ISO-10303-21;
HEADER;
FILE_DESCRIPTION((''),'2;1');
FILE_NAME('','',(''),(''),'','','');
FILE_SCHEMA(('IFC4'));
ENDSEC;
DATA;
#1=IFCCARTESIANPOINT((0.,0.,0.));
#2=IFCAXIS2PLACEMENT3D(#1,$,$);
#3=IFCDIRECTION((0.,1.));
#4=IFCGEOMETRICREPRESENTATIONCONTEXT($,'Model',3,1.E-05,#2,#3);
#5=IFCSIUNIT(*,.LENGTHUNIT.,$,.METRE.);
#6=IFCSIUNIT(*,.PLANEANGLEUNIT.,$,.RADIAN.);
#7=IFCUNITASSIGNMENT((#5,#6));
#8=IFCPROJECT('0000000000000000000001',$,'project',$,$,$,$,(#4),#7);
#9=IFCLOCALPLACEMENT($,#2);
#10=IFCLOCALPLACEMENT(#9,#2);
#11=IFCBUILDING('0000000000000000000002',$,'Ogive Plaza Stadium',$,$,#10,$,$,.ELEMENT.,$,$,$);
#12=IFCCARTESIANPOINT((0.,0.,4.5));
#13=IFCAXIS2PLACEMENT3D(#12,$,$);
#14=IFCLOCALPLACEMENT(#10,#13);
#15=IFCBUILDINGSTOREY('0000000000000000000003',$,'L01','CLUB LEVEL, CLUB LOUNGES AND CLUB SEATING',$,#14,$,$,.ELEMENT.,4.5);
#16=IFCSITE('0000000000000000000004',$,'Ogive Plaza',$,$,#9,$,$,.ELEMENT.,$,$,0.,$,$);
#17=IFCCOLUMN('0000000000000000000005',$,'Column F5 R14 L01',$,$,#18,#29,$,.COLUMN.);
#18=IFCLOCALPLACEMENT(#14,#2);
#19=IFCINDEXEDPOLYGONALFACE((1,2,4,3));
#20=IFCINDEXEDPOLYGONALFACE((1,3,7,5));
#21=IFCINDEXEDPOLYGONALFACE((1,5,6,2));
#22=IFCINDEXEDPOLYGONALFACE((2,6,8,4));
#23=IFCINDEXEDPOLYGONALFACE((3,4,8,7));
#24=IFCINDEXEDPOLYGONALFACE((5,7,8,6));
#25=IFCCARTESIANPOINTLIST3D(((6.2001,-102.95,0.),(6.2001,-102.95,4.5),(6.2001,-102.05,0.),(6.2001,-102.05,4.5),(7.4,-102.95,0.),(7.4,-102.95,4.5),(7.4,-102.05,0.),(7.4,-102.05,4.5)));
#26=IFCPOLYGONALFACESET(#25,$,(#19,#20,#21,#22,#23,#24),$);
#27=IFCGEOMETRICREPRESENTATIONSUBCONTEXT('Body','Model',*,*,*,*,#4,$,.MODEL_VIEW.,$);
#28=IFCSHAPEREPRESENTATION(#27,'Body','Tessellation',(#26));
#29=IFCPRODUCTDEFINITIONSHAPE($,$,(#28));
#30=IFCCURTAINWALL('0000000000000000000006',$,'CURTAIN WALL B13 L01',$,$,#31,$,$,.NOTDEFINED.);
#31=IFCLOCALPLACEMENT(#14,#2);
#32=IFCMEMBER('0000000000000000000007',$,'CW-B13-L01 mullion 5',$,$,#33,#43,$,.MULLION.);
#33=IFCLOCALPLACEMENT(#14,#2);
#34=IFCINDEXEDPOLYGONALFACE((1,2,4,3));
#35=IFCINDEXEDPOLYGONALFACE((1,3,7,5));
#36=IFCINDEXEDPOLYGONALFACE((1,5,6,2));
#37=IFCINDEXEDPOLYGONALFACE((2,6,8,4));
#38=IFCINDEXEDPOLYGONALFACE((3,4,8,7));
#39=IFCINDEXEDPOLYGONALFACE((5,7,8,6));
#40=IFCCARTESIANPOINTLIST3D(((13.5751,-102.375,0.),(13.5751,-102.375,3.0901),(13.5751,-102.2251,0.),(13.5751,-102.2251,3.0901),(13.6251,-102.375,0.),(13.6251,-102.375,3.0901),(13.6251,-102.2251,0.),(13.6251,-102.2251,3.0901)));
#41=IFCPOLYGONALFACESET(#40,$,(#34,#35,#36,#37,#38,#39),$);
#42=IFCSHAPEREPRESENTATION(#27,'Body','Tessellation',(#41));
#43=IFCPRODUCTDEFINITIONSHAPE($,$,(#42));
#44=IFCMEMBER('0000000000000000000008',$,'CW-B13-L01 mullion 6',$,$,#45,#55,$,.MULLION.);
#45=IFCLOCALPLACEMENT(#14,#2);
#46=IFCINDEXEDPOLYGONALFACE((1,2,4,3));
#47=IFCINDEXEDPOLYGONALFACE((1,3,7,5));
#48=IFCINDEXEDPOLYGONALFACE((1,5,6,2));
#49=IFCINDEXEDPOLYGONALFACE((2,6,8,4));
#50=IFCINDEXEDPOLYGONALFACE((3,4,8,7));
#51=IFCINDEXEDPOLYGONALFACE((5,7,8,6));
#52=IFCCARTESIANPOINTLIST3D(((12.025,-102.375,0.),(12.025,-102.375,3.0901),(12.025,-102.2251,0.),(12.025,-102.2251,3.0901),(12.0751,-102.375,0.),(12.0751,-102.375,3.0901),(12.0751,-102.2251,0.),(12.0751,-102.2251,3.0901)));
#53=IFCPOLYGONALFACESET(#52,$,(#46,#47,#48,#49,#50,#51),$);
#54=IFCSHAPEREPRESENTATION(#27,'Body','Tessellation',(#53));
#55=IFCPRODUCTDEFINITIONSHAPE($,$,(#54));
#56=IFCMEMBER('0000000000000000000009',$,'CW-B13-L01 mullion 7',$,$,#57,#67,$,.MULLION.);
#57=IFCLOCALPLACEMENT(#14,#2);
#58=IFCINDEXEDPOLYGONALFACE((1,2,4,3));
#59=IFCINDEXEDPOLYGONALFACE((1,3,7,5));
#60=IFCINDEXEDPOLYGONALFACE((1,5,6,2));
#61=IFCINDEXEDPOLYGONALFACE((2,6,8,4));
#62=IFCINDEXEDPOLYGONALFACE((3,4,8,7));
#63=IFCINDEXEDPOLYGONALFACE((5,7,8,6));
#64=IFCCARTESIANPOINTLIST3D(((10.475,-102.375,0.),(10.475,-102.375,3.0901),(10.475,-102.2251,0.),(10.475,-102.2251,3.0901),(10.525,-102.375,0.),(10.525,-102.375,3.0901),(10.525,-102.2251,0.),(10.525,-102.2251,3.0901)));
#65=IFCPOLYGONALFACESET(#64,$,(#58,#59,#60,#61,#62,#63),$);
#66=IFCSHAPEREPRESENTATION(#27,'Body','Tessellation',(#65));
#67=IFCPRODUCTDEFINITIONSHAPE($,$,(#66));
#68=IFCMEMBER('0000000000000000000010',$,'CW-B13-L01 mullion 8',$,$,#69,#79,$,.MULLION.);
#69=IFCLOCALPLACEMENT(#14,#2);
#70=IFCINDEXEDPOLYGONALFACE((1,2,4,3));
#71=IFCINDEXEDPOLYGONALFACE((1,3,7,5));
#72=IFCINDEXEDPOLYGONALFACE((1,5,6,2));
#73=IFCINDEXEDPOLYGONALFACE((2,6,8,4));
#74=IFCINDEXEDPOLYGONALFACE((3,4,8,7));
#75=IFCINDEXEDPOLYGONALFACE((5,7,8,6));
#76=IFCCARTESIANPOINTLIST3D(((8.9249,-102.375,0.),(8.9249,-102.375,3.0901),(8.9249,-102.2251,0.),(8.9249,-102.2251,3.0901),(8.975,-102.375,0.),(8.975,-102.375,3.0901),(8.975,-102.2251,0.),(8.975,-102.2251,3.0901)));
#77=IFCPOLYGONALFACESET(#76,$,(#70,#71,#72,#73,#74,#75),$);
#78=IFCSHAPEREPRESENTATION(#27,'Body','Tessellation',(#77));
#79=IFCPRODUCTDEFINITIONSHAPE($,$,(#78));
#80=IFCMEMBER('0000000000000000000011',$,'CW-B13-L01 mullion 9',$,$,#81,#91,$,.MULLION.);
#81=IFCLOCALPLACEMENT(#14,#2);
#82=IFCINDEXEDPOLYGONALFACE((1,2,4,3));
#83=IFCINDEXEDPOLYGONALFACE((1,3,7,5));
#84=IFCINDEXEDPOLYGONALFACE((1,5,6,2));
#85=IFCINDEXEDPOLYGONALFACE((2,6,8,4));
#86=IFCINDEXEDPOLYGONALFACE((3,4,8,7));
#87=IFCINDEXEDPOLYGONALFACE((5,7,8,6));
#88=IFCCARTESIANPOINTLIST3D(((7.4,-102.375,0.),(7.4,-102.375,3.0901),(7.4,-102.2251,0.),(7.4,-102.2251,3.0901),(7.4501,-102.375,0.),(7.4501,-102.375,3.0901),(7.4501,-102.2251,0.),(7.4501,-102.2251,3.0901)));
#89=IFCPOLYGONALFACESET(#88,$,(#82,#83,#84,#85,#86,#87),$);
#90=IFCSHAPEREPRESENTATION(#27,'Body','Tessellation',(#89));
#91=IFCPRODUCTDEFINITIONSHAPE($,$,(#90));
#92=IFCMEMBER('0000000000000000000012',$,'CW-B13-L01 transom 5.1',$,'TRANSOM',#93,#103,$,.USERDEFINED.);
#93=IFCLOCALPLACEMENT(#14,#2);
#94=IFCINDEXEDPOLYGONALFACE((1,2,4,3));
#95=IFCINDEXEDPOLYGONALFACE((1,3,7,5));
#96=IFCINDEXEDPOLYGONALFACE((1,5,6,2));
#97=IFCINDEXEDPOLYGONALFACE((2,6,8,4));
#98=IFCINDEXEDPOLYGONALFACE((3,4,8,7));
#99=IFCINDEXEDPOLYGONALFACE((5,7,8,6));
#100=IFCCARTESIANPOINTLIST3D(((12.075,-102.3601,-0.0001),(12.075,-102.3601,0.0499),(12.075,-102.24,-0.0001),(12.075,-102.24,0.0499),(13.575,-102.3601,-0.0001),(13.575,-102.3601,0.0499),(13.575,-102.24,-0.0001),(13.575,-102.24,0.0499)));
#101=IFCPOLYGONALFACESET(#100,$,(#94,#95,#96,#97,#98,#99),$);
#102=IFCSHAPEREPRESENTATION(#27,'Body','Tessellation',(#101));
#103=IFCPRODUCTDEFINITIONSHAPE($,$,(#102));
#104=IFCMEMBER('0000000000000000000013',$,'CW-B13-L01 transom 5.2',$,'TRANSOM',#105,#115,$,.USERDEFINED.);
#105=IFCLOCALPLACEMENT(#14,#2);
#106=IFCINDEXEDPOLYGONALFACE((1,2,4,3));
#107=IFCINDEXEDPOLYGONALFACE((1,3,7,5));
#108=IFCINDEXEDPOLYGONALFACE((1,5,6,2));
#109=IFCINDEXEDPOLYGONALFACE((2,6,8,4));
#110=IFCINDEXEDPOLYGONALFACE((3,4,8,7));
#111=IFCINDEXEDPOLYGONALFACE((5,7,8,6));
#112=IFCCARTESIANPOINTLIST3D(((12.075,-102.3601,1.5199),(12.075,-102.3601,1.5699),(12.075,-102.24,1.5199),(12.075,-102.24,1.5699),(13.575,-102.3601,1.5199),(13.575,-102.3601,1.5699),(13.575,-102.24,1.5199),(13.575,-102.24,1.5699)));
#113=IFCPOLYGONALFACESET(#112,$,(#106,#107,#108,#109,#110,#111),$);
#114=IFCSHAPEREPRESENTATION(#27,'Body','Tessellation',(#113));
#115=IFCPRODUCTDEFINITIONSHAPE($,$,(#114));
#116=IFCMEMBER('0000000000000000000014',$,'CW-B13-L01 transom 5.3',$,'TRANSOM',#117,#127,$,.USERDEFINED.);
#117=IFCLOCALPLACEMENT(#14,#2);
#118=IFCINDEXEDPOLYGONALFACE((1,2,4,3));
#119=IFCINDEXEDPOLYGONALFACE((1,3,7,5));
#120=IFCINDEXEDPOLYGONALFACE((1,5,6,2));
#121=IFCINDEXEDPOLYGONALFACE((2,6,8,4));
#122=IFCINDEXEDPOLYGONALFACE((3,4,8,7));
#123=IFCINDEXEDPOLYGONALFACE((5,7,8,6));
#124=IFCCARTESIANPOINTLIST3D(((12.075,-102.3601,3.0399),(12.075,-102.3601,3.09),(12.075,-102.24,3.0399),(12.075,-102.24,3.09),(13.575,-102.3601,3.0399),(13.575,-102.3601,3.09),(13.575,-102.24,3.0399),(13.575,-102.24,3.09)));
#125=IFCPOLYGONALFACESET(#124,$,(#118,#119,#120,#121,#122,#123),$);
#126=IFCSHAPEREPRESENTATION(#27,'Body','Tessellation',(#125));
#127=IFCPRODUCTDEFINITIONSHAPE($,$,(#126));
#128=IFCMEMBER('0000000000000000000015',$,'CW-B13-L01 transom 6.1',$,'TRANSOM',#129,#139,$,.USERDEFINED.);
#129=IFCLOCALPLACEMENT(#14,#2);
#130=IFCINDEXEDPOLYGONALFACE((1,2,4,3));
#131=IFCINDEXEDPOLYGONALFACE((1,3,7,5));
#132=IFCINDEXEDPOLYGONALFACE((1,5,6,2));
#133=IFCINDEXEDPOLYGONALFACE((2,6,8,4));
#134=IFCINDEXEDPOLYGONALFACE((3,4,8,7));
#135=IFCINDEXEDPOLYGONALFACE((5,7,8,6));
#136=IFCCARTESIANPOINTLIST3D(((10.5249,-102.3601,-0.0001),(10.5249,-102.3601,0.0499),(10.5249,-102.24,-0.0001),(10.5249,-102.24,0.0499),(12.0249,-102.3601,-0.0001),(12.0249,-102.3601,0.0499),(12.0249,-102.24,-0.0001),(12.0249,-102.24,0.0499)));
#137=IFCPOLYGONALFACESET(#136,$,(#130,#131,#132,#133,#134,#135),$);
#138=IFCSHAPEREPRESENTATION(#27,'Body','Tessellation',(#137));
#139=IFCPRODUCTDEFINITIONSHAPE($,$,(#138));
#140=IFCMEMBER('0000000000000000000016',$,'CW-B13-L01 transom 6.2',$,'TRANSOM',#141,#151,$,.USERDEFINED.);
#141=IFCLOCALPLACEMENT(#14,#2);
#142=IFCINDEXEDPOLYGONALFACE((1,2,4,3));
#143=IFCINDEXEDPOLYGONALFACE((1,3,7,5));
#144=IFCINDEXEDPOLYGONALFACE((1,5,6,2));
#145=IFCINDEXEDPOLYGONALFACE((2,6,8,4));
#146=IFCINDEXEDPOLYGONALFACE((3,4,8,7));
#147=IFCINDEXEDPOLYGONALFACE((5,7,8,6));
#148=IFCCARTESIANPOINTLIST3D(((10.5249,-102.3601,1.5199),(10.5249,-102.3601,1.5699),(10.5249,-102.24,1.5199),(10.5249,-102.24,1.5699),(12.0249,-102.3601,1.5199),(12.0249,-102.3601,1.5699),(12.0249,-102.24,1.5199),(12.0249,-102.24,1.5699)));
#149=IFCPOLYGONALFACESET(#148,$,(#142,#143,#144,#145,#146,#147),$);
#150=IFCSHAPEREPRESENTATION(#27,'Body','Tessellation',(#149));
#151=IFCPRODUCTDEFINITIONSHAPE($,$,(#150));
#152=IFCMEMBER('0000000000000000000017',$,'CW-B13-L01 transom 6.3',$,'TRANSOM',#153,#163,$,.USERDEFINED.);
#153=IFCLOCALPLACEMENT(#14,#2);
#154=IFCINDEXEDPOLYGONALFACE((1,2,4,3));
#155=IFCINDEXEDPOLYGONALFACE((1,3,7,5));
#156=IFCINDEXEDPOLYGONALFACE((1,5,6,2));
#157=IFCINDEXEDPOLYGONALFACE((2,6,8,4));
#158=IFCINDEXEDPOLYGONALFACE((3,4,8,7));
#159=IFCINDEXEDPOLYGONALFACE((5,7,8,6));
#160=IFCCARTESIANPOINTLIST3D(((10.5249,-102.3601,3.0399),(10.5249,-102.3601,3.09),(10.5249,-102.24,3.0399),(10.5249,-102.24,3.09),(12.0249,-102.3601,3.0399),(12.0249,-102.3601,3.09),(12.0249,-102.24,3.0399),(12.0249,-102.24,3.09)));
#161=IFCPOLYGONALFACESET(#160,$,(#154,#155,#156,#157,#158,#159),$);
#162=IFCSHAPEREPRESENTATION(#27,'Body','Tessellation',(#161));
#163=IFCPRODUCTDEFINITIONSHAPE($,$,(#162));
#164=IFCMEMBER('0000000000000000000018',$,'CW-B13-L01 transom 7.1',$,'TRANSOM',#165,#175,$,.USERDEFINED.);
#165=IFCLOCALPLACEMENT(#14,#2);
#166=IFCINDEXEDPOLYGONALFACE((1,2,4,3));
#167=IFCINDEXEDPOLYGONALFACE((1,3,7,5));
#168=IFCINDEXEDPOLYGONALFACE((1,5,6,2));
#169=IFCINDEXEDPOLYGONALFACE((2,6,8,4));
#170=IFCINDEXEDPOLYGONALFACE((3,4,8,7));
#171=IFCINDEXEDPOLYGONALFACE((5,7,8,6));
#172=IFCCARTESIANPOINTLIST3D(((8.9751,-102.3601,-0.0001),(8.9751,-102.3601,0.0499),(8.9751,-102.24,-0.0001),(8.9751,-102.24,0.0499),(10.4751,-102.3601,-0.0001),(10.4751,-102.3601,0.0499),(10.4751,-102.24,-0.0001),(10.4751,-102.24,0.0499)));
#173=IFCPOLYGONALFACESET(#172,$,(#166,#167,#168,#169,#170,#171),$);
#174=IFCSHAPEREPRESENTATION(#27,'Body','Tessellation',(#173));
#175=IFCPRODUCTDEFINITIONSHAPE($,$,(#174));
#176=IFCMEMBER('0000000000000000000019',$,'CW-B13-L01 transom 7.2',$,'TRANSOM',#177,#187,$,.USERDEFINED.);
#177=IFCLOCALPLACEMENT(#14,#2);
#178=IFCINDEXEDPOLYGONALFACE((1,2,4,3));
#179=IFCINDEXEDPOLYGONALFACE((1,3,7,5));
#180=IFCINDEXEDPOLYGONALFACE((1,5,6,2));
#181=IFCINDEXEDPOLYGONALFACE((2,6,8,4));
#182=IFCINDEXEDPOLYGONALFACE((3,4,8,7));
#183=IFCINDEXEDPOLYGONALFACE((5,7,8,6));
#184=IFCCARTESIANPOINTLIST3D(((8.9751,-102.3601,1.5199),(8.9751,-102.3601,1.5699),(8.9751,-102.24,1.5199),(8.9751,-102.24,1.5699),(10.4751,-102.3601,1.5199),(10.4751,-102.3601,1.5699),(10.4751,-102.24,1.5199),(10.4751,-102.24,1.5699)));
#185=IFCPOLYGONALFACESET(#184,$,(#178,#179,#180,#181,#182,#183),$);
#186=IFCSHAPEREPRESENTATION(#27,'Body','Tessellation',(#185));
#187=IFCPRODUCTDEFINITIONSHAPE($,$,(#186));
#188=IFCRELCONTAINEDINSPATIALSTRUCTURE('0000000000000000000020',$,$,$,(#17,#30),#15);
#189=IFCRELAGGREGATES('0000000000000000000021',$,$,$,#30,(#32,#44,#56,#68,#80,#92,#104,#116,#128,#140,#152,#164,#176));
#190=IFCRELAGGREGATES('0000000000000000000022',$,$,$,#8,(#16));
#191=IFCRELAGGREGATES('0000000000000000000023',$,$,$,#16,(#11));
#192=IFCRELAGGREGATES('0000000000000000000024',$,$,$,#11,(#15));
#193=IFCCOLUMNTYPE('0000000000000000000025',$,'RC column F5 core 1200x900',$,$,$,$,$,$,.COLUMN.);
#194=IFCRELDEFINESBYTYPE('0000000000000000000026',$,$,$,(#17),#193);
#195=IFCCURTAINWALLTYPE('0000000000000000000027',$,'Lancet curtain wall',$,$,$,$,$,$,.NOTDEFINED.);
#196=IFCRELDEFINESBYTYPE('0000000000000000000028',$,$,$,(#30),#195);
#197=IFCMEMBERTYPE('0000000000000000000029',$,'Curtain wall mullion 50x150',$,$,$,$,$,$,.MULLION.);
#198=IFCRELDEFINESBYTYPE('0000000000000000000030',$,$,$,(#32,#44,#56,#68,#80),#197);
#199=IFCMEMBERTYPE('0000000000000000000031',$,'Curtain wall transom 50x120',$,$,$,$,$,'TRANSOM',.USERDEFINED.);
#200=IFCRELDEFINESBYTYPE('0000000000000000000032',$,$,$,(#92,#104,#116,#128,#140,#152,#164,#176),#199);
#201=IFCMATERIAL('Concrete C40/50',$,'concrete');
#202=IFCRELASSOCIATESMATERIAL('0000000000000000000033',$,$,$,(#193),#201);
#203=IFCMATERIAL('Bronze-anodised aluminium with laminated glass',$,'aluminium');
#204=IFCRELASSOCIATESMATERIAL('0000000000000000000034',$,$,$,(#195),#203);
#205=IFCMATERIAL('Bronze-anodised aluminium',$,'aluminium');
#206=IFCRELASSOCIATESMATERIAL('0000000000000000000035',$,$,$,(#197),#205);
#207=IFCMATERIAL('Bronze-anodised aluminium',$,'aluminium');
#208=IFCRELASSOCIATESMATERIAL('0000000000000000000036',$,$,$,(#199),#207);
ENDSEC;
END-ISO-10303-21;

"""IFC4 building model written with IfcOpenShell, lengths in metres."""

from ifc_helpers import new_model, si_unit, direction, frame, origin, origin_2d, place, context, subcontext, project, spatial, rectangle, extrude, material, material_profile, profile_set, type_object, element, aggregate, save


model = new_model("IFC4")

# Units and contexts
model_context = context("Model", 3, precision=1e-05, world=origin(), true_north=direction((0.0, 1.0)))
body_context = subcontext(model_context, "Body", "Model", "MODEL_VIEW")
ifc_project = project(units=[si_unit("LENGTHUNIT", "METRE"), si_unit("PLANEANGLEUNIT", "RADIAN")], contexts=[model_context])

# Site, building, storey
site_placement = place(None, origin())
site = spatial("IfcSite", under=ifc_project, at=site_placement, Name="Ogive Plaza", CompositionType="ELEMENT", RefElevation=0.0)
building_placement = place(site_placement, origin())
building = spatial("IfcBuilding", under=site, at=building_placement, Name="Ogive Plaza Stadium", CompositionType="ELEMENT")
storey_placement = place(building_placement, frame((0.0, 0.0, 4.5)))
storey = spatial("IfcBuildingStorey", under=building, at=storey_placement, Name="L01", Description="CLUB LEVEL, CLUB LOUNGES AND CLUB SEATING", CompositionType="ELEMENT", Elevation=4.5)

# Column
ifc_material_1 = material(Name="Concrete C40/50", Category="concrete")
ifc_material_profile_1 = material_profile(ifc_material_1, rectangle(XDim=1.2, YDim=0.8999, at=origin_2d()), Name="RC 1200x900")
ifc_profile_set_1 = profile_set([ifc_material_profile_1], Name="Concrete C40/50")
column_type = type_object("IfcColumnType", Name="RC column F5 core 1200x900", PredefinedType="COLUMN", material=ifc_profile_set_1)
column_placement = place(storey_placement, frame((6.8, -102.5, 0.0), z_axis=(0.0, 0.0, 1.0), x_axis=(1.0, 0.0, 0.0)))
element("IfcColumn", 1, at=column_placement, inside=storey, type_object=column_type, Name="Column F5 R14 L01", PredefinedType="COLUMN", context=body_context, shape_type="SweptSolid", body=[
    extrude(rectangle(XDim=1.2, YDim=0.8999, at=origin_2d()), origin(), (0.0, 0.0, 1.0), 4.5),
])

# Curtain wall, members
ifc_material_2 = material(Name="Bronze-anodised aluminium with laminated glass", Category="aluminium")
curtain_wall_type = type_object("IfcCurtainWallType", Name="Lancet curtain wall", PredefinedType="NOTDEFINED", material=ifc_material_2)
curtain_wall_placement = place(storey_placement, origin())
curtain_wall = element("IfcCurtainWall", 2, at=curtain_wall_placement, inside=storey, type_object=curtain_wall_type, Name="CURTAIN WALL B13 L01", PredefinedType="NOTDEFINED")
ifc_material_3 = material(Name="Bronze-anodised aluminium", Category="aluminium")
ifc_material_profile_2 = material_profile(ifc_material_3, rectangle(XDim=0.1499, YDim=0.05, at=origin_2d()), Name="AL 150x50")
ifc_profile_set_2 = profile_set([ifc_material_profile_2], Name="Bronze-anodised aluminium")
member_type_1 = type_object("IfcMemberType", Name="Curtain wall mullion 50x150", PredefinedType="MULLION", material=ifc_profile_set_2)
member_1_placement = place(storey_placement, frame((13.6001, -102.3, 0.0), z_axis=(0.0, 0.0, 1.0), x_axis=(0.0, -1.0, 0.0)))
member_1 = element("IfcMember", 3, at=member_1_placement, type_object=member_type_1, Name="CW-B13-L01 mullion 5", PredefinedType="MULLION", context=body_context, shape_type="SweptSolid", body=[
    extrude(rectangle(XDim=0.1499, YDim=0.05, at=origin_2d()), origin(), (0.0, 0.0, 1.0), 3.0901),
])
member_2_placement = place(storey_placement, frame((12.05, -102.3, 0.0), z_axis=(0.0, 0.0, 1.0), x_axis=(0.0, -1.0, 0.0)))
member_2 = element("IfcMember", 4, at=member_2_placement, type_object=member_type_1, Name="CW-B13-L01 mullion 6", PredefinedType="MULLION", context=body_context, shape_type="SweptSolid", body=[
    extrude(rectangle(XDim=0.1499, YDim=0.05, at=origin_2d()), origin(), (0.0, 0.0, 1.0), 3.0901),
])
member_3_placement = place(storey_placement, frame((10.5, -102.3, 0.0), z_axis=(0.0, 0.0, 1.0), x_axis=(0.0, -1.0, 0.0)))
member_3 = element("IfcMember", 5, at=member_3_placement, type_object=member_type_1, Name="CW-B13-L01 mullion 7", PredefinedType="MULLION", context=body_context, shape_type="SweptSolid", body=[
    extrude(rectangle(XDim=0.1499, YDim=0.05, at=origin_2d()), origin(), (0.0, 0.0, 1.0), 3.0901),
])
member_4_placement = place(storey_placement, frame((8.95, -102.3, 0.0), z_axis=(0.0, 0.0, 1.0), x_axis=(0.0, -1.0, 0.0)))
member_4 = element("IfcMember", 6, at=member_4_placement, type_object=member_type_1, Name="CW-B13-L01 mullion 8", PredefinedType="MULLION", context=body_context, shape_type="SweptSolid", body=[
    extrude(rectangle(XDim=0.1499, YDim=0.05, at=origin_2d()), origin(), (0.0, 0.0, 1.0), 3.0901),
])
member_5_placement = place(storey_placement, frame((7.425, -102.3, 0.0), z_axis=(0.0, 0.0, 1.0), x_axis=(0.0, -1.0, 0.0)))
member_5 = element("IfcMember", 7, at=member_5_placement, type_object=member_type_1, Name="CW-B13-L01 mullion 9", PredefinedType="MULLION", context=body_context, shape_type="SweptSolid", body=[
    extrude(rectangle(XDim=0.1499, YDim=0.05, at=origin_2d()), origin(), (0.0, 0.0, 1.0), 3.0901),
])
ifc_material_4 = material(Name="Bronze-anodised aluminium", Category="aluminium")
ifc_material_profile_3 = material_profile(ifc_material_4, rectangle(XDim=0.1201, YDim=0.05, at=origin_2d()), Name="AL 120x50")
ifc_profile_set_3 = profile_set([ifc_material_profile_3], Name="Bronze-anodised aluminium")
member_type_2 = type_object("IfcMemberType", Name="Curtain wall transom 50x120", ElementType="TRANSOM", PredefinedType="USERDEFINED", material=ifc_profile_set_3)
member_6_placement = place(storey_placement, frame((13.575, -102.3, 0.0249), z_axis=(-1.0, 0.0, 0.0), x_axis=(0.0, -1.0, 0.0)))
member_6 = element("IfcMember", 8, at=member_6_placement, type_object=member_type_2, Name="CW-B13-L01 transom 5.1", ObjectType="TRANSOM", PredefinedType="USERDEFINED", context=body_context, shape_type="SweptSolid", body=[
    extrude(rectangle(XDim=0.1201, YDim=0.05, at=origin_2d()), origin(), (0.0, 0.0, 1.0), 1.5),
])
member_7_placement = place(storey_placement, frame((13.575, -102.3, 1.5449), z_axis=(-1.0, 0.0, 0.0), x_axis=(0.0, -1.0, 0.0)))
member_7 = element("IfcMember", 9, at=member_7_placement, type_object=member_type_2, Name="CW-B13-L01 transom 5.2", ObjectType="TRANSOM", PredefinedType="USERDEFINED", context=body_context, shape_type="SweptSolid", body=[
    extrude(rectangle(XDim=0.1201, YDim=0.05, at=origin_2d()), origin(), (0.0, 0.0, 1.0), 1.5),
])
member_8_placement = place(storey_placement, frame((13.575, -102.3, 3.0649), z_axis=(-1.0, 0.0, 0.0), x_axis=(0.0, -1.0, 0.0)))
member_8 = element("IfcMember", 10, at=member_8_placement, type_object=member_type_2, Name="CW-B13-L01 transom 5.3", ObjectType="TRANSOM", PredefinedType="USERDEFINED", context=body_context, shape_type="SweptSolid", body=[
    extrude(rectangle(XDim=0.1201, YDim=0.05, at=origin_2d()), origin(), (0.0, 0.0, 1.0), 1.5),
])
member_9_placement = place(storey_placement, frame((12.0249, -102.3, 0.0249), z_axis=(-1.0, 0.0, 0.0), x_axis=(0.0, -1.0, 0.0)))
member_9 = element("IfcMember", 11, at=member_9_placement, type_object=member_type_2, Name="CW-B13-L01 transom 6.1", ObjectType="TRANSOM", PredefinedType="USERDEFINED", context=body_context, shape_type="SweptSolid", body=[
    extrude(rectangle(XDim=0.1201, YDim=0.05, at=origin_2d()), origin(), (0.0, 0.0, 1.0), 1.5),
])
member_10_placement = place(storey_placement, frame((12.0249, -102.3, 1.5449), z_axis=(-1.0, 0.0, 0.0), x_axis=(0.0, -1.0, 0.0)))
member_10 = element("IfcMember", 12, at=member_10_placement, type_object=member_type_2, Name="CW-B13-L01 transom 6.2", ObjectType="TRANSOM", PredefinedType="USERDEFINED", context=body_context, shape_type="SweptSolid", body=[
    extrude(rectangle(XDim=0.1201, YDim=0.05, at=origin_2d()), origin(), (0.0, 0.0, 1.0), 1.5),
])
member_11_placement = place(storey_placement, frame((12.0249, -102.3, 3.0649), z_axis=(-1.0, 0.0, 0.0), x_axis=(0.0, -1.0, 0.0)))
member_11 = element("IfcMember", 13, at=member_11_placement, type_object=member_type_2, Name="CW-B13-L01 transom 6.3", ObjectType="TRANSOM", PredefinedType="USERDEFINED", context=body_context, shape_type="SweptSolid", body=[
    extrude(rectangle(XDim=0.1201, YDim=0.05, at=origin_2d()), origin(), (0.0, 0.0, 1.0), 1.5),
])
member_12_placement = place(storey_placement, frame((10.4751, -102.3, 0.0249), z_axis=(-1.0, 0.0, 0.0), x_axis=(0.0, -1.0, 0.0)))
member_12 = element("IfcMember", 14, at=member_12_placement, type_object=member_type_2, Name="CW-B13-L01 transom 7.1", ObjectType="TRANSOM", PredefinedType="USERDEFINED", context=body_context, shape_type="SweptSolid", body=[
    extrude(rectangle(XDim=0.1201, YDim=0.05, at=origin_2d()), origin(), (0.0, 0.0, 1.0), 1.5),
])
member_13_placement = place(storey_placement, frame((10.4751, -102.3, 1.5449), z_axis=(-1.0, 0.0, 0.0), x_axis=(0.0, -1.0, 0.0)))
member_13 = element("IfcMember", 15, at=member_13_placement, type_object=member_type_2, Name="CW-B13-L01 transom 7.2", ObjectType="TRANSOM", PredefinedType="USERDEFINED", context=body_context, shape_type="SweptSolid", body=[
    extrude(rectangle(XDim=0.1201, YDim=0.05, at=origin_2d()), origin(), (0.0, 0.0, 1.0), 1.5),
])
aggregate(curtain_wall, [member_1, member_2, member_3, member_4, member_5, member_6, member_7, member_8, member_9, member_10, member_11, member_12, member_13])

save(model, "model.ifc")
